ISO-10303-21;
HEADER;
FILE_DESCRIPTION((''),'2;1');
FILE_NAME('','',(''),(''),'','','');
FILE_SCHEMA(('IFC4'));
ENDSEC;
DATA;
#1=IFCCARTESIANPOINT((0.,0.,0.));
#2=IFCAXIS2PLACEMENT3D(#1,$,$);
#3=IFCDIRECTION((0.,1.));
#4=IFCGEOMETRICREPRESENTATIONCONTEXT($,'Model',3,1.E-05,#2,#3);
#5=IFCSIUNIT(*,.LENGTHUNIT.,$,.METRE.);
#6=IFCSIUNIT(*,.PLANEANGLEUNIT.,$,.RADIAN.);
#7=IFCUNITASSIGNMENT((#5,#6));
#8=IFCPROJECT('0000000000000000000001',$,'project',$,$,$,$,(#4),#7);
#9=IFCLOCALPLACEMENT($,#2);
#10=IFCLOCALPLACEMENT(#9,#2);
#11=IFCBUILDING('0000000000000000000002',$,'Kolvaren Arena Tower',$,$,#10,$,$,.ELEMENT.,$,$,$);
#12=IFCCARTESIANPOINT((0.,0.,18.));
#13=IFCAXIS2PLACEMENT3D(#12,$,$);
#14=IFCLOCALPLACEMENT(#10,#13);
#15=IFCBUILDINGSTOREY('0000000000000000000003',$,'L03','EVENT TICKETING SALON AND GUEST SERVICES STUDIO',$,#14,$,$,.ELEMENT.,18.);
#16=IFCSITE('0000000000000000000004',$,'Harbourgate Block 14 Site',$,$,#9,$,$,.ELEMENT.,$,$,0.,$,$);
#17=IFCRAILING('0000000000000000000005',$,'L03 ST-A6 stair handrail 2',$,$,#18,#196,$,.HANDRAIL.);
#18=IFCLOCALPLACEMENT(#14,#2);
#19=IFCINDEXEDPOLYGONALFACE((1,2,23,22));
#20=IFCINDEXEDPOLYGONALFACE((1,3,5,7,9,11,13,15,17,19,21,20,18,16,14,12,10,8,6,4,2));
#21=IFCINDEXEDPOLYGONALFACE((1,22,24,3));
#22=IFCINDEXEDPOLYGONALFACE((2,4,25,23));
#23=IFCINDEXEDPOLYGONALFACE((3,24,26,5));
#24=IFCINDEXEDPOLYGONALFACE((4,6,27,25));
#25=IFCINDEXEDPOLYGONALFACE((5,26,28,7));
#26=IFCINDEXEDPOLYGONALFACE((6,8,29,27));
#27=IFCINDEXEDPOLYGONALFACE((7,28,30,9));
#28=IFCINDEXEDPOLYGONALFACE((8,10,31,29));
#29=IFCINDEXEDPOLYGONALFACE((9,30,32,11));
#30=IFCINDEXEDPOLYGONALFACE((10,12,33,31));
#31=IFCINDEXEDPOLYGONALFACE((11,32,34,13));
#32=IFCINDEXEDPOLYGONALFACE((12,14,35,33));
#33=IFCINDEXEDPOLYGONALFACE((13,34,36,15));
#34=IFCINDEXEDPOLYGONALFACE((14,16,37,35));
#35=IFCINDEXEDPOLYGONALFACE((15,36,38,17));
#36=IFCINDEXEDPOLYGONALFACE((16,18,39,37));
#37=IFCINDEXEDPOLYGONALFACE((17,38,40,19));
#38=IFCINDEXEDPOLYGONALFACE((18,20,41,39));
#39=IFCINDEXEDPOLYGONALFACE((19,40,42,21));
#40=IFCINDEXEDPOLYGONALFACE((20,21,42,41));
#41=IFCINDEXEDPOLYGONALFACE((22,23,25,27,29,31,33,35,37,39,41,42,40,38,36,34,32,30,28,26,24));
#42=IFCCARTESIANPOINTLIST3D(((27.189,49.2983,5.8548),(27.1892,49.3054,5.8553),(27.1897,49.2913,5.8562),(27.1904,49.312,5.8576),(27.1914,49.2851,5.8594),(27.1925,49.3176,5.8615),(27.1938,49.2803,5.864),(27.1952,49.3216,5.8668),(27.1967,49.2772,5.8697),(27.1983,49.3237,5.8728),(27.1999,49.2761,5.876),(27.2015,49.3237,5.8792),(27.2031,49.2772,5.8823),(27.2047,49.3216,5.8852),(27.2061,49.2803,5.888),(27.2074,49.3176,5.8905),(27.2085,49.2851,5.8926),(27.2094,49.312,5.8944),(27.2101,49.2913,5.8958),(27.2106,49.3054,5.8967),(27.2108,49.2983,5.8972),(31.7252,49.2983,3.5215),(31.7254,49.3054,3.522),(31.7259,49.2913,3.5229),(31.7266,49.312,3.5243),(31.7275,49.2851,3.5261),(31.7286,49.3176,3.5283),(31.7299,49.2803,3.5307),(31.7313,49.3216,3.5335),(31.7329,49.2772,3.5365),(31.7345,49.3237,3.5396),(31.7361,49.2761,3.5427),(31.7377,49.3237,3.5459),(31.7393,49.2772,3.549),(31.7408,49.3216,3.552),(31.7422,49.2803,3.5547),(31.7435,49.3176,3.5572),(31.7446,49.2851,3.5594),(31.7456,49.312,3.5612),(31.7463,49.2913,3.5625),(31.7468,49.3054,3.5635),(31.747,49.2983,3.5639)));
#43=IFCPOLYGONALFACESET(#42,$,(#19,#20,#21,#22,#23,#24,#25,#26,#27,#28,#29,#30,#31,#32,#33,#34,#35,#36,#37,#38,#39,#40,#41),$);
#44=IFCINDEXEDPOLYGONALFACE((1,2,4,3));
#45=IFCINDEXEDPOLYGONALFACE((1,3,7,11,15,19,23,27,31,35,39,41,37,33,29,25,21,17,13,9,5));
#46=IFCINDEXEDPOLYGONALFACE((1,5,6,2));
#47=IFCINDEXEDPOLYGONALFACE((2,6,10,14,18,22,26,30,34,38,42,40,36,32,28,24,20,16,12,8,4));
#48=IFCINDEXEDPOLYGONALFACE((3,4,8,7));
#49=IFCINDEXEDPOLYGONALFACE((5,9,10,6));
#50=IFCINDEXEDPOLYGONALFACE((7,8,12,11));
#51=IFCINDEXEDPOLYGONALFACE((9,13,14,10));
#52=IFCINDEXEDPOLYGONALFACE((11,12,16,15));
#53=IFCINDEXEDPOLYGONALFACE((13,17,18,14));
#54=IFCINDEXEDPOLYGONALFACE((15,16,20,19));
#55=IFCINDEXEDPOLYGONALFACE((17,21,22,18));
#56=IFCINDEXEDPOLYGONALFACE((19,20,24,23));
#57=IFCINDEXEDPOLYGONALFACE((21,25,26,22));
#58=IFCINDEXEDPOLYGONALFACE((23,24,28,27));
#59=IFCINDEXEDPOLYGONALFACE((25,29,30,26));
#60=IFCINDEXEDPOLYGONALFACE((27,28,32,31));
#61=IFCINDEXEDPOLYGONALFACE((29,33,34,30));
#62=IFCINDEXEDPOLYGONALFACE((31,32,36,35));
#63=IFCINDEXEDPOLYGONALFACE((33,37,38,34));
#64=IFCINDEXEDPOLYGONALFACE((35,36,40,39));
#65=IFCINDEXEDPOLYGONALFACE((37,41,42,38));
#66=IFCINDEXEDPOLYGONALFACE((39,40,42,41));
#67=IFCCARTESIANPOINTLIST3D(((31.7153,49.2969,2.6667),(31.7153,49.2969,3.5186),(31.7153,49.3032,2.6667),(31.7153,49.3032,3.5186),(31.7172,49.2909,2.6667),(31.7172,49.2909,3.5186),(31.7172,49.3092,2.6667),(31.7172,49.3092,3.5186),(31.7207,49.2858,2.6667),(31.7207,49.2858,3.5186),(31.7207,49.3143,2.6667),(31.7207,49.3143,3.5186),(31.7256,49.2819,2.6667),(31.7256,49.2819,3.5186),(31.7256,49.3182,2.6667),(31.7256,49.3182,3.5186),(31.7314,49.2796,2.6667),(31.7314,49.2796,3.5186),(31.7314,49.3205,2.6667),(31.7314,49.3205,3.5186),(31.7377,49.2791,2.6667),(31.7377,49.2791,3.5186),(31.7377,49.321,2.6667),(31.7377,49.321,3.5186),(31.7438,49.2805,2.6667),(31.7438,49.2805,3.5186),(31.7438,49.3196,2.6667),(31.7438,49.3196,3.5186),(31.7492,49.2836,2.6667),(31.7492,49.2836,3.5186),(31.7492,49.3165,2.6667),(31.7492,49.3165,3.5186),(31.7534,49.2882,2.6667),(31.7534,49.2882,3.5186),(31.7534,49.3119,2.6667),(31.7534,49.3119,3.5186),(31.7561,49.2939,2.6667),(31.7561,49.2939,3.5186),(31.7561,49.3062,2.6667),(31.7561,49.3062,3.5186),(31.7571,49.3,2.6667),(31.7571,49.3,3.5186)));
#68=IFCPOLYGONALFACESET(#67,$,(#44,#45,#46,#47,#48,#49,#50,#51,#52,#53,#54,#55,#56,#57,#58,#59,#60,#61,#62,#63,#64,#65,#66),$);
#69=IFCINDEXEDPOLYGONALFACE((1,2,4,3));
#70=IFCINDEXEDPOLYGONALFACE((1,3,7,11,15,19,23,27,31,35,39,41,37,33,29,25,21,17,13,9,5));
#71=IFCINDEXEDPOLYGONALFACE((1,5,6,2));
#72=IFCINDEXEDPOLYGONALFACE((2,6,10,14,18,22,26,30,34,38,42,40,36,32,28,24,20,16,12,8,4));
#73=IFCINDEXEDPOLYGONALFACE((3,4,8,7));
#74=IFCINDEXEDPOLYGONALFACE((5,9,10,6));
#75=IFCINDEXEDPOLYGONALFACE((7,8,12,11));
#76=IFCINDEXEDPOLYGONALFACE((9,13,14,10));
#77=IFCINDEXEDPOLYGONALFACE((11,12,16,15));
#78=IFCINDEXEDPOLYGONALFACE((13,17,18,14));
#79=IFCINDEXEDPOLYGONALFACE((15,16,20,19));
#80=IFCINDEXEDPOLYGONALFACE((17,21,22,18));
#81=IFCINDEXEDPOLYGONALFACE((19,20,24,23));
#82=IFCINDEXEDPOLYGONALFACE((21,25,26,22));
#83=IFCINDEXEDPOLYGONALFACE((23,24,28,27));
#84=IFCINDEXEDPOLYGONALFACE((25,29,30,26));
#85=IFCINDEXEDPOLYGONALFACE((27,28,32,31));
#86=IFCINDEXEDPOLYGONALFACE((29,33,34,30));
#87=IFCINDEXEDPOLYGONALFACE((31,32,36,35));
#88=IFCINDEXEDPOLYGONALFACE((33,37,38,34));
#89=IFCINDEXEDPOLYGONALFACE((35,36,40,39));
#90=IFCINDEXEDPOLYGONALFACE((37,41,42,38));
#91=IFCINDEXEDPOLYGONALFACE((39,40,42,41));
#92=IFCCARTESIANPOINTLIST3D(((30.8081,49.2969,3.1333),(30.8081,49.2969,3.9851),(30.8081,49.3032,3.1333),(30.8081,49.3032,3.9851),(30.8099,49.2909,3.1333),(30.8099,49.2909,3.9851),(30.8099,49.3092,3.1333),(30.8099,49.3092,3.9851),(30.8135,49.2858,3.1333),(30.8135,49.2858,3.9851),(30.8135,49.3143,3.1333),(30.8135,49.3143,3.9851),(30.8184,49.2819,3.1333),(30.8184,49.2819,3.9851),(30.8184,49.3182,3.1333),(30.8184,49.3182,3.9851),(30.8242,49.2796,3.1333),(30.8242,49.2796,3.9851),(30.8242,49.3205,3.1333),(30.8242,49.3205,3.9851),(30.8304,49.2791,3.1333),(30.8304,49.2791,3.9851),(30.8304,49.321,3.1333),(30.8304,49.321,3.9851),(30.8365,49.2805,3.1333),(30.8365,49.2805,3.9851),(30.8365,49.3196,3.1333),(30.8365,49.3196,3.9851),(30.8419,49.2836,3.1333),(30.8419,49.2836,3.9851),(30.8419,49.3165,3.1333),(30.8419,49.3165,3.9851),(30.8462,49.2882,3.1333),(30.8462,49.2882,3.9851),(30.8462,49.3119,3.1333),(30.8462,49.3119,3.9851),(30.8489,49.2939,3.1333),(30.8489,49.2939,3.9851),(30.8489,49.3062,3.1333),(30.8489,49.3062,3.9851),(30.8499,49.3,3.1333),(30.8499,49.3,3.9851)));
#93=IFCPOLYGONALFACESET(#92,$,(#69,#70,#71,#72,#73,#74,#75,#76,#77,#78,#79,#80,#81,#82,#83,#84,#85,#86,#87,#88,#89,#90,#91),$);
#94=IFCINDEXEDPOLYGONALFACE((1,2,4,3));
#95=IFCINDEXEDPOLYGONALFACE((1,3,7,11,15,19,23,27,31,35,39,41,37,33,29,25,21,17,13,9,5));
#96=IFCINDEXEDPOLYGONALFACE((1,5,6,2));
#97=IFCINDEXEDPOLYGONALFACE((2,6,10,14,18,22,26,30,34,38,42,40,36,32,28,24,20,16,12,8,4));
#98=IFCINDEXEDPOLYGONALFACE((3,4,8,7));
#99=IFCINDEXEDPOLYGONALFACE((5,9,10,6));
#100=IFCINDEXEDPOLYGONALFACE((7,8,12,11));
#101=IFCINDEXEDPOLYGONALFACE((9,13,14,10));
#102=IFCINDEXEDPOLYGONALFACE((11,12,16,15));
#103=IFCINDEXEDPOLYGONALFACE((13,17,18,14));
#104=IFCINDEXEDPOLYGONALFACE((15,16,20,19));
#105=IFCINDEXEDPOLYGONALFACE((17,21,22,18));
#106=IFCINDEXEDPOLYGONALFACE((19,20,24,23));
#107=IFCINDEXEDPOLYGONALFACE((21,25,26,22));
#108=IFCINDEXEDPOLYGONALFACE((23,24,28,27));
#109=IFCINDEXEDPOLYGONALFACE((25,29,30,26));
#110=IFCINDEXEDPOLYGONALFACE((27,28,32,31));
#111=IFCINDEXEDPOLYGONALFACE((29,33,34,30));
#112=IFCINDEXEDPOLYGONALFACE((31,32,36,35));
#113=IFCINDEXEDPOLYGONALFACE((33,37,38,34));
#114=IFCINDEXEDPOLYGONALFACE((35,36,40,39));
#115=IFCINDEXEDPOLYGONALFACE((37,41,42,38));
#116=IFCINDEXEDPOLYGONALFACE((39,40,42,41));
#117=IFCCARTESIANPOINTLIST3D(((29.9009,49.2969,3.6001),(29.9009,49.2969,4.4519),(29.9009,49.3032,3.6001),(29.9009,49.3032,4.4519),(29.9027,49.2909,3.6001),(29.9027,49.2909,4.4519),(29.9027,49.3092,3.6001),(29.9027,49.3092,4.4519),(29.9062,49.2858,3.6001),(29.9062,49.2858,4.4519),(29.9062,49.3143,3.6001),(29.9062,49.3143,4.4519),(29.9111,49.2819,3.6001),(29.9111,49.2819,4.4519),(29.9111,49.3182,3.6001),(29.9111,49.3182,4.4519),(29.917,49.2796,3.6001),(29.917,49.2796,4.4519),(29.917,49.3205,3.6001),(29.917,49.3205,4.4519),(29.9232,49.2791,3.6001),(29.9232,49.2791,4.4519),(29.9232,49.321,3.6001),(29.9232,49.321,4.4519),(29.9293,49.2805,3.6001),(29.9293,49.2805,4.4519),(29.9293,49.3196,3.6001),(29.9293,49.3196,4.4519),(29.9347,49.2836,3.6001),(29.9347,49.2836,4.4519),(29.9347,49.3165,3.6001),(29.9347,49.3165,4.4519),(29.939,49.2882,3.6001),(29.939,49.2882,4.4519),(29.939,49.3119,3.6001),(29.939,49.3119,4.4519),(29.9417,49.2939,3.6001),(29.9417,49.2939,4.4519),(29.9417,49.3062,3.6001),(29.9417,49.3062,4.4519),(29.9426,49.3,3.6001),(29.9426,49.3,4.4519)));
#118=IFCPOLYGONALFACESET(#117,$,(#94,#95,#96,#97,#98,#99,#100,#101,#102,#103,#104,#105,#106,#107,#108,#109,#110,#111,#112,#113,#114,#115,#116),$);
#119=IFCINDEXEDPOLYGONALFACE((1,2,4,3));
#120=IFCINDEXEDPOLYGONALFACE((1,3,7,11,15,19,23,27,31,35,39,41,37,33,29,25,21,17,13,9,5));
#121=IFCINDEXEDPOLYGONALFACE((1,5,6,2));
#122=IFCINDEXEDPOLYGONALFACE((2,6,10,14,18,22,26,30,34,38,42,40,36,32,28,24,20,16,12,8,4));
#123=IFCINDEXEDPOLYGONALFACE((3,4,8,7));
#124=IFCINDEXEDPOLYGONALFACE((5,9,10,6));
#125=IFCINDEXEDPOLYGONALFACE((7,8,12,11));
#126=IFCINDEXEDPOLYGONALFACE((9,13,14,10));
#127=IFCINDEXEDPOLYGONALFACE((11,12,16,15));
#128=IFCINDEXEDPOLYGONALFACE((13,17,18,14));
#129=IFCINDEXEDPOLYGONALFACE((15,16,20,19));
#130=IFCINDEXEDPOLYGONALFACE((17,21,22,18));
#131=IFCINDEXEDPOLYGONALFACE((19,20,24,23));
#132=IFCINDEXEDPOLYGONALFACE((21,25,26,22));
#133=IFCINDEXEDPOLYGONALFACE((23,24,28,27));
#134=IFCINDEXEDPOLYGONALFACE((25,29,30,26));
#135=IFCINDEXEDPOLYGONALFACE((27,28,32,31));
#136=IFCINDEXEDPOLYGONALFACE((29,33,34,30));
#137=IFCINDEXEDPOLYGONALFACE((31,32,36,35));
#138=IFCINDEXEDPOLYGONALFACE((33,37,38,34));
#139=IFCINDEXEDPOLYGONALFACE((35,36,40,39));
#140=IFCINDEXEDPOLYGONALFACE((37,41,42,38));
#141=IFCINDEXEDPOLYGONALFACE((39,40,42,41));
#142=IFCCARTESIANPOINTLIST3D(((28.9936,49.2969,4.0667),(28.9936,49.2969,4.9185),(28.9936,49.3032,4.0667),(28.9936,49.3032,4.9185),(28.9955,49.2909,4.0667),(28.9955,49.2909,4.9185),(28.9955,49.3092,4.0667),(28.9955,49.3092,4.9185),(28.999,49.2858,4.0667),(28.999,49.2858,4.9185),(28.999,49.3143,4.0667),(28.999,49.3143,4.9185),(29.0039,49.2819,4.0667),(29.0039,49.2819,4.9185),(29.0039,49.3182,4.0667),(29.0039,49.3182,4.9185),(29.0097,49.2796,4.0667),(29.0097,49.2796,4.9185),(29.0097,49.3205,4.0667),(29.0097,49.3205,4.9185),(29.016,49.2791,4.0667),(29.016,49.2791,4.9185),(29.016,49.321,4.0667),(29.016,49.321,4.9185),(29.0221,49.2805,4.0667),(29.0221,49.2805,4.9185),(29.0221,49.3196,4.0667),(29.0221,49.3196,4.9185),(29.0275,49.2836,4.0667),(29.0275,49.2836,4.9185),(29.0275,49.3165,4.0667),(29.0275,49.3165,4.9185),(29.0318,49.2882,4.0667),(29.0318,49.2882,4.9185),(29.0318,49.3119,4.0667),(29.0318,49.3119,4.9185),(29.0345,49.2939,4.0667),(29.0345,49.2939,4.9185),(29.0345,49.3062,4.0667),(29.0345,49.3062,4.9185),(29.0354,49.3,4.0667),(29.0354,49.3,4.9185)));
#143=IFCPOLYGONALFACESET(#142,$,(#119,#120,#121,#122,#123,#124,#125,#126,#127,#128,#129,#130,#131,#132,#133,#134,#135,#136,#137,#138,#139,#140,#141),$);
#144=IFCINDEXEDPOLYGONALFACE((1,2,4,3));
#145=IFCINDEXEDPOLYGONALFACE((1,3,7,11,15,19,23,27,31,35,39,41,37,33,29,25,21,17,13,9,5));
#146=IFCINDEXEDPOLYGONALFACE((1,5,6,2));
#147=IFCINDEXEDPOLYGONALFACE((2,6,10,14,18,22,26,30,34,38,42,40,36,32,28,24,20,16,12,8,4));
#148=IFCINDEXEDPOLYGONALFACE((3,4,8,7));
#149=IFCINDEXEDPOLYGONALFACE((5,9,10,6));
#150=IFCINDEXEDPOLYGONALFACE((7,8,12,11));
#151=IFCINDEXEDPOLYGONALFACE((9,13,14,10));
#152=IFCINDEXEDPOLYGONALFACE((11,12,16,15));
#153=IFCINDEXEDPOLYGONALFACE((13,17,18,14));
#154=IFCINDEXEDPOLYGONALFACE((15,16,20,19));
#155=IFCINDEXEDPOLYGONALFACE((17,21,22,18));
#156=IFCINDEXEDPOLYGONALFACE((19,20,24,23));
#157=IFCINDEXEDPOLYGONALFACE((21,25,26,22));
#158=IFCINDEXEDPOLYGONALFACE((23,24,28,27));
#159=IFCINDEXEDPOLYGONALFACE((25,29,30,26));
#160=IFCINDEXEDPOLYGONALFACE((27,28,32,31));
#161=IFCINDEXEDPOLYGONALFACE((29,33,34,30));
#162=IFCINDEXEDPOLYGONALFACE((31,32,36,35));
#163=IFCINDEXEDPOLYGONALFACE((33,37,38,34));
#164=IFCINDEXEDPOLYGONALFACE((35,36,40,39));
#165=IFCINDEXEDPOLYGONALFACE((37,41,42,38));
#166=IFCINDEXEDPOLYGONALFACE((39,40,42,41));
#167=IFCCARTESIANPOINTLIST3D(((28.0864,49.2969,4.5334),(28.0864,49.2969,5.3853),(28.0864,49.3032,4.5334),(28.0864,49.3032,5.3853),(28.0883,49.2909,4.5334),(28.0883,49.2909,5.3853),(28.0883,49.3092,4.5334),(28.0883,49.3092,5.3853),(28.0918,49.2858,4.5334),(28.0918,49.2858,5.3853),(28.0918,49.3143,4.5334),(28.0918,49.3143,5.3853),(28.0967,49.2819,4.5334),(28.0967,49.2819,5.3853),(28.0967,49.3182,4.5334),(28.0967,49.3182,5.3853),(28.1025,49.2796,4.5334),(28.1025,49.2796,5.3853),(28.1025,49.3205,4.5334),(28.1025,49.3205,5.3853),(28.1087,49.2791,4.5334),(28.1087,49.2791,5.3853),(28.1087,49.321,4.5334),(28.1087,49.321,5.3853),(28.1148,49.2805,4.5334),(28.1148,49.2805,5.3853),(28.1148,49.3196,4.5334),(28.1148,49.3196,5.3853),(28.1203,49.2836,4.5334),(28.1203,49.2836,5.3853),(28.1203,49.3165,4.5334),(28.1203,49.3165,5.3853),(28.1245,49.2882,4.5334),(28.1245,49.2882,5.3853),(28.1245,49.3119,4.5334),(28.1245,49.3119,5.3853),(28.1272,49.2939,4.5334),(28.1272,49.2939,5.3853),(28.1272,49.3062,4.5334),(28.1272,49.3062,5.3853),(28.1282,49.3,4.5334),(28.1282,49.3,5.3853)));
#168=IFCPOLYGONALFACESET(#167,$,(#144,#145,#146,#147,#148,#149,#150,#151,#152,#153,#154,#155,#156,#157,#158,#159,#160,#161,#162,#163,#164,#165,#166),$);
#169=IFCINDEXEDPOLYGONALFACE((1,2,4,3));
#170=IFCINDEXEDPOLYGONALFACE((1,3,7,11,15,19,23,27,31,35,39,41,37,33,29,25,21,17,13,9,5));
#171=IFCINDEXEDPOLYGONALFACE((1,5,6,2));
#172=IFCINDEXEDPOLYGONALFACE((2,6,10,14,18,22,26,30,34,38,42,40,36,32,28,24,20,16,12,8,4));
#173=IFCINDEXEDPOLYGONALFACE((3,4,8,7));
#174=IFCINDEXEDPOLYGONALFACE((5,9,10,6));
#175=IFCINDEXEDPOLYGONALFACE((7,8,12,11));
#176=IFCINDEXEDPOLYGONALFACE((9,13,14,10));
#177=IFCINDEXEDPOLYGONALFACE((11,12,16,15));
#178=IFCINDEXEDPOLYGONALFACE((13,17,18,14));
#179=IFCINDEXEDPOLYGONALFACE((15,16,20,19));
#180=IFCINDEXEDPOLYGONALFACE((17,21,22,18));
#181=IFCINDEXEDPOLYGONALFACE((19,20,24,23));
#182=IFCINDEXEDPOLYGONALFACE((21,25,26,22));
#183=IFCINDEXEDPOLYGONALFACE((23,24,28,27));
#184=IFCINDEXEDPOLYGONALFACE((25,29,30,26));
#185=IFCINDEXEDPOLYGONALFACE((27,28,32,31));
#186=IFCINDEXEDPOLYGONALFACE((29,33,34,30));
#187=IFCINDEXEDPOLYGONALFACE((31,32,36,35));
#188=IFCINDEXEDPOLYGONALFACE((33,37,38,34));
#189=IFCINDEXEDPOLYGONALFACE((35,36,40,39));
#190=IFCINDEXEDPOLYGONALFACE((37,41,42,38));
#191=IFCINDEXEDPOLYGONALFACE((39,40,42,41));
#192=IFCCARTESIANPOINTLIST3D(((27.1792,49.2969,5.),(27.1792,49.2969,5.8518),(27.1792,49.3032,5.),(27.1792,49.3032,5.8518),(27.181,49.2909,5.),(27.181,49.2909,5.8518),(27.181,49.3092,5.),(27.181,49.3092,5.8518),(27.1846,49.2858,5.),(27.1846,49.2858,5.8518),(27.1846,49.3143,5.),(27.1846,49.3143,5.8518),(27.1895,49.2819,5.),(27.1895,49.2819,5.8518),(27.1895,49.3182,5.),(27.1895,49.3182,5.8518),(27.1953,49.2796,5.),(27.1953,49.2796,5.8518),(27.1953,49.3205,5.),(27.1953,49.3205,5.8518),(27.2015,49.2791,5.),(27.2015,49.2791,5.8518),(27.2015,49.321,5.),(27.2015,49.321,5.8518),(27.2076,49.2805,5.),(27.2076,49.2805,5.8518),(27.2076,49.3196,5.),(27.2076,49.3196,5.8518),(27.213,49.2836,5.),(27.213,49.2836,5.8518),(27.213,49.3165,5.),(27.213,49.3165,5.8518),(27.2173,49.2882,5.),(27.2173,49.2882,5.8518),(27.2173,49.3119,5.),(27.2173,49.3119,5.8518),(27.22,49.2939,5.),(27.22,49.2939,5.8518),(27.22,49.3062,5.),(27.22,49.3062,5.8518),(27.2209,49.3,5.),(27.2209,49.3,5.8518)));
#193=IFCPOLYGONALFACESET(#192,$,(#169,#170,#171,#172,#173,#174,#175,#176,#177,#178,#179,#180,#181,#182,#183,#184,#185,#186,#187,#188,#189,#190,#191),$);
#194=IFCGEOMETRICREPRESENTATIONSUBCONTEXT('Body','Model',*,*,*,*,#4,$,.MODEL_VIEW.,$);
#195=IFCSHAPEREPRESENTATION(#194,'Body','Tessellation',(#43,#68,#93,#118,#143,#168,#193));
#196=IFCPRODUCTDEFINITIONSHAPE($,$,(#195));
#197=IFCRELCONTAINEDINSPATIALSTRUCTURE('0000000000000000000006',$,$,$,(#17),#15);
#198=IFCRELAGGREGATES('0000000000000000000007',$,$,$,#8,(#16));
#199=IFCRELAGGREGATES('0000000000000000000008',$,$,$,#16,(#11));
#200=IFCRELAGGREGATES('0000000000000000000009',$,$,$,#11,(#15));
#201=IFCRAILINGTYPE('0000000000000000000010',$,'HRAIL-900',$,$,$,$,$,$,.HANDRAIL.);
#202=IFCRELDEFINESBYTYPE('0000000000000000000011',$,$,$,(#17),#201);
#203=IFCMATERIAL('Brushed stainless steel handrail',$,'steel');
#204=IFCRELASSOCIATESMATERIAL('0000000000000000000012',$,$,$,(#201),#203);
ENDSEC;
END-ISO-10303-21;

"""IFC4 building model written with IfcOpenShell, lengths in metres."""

from ifc_helpers import new_model, si_unit, direction, frame, origin, origin_2d, place, context, subcontext, project, spatial, circle, extrude, material, type_object, element, save


model = new_model("IFC4")

# Units and contexts
model_context = context("Model", 3, precision=1e-05, world=origin(), true_north=direction((0.0, 1.0)))
body_context = subcontext(model_context, "Body", "Model", "MODEL_VIEW")
ifc_project = project(units=[si_unit("LENGTHUNIT", "METRE"), si_unit("PLANEANGLEUNIT", "RADIAN")], contexts=[model_context])

# Site, building, storey
site_placement = place(None, origin())
site = spatial("IfcSite", under=ifc_project, at=site_placement, Name="Harbourgate Block 14 Site", CompositionType="ELEMENT", RefElevation=0.0)
building_placement = place(site_placement, origin())
building = spatial("IfcBuilding", under=site, at=building_placement, Name="Kolvaren Arena Tower", CompositionType="ELEMENT")
storey_placement = place(building_placement, frame((0.0, 0.0, 18.0)))
storey = spatial("IfcBuildingStorey", under=building, at=storey_placement, Name="L03", Description="EVENT TICKETING SALON AND GUEST SERVICES STUDIO", CompositionType="ELEMENT", Elevation=18.0)

# Railing
ifc_material_1 = material(Name="Brushed stainless steel handrail", Category="steel")
railing_type_1 = type_object("IfcRailingType", Name="HRAIL-900", PredefinedType="HANDRAIL", material=ifc_material_1)
railing_1_placement = place(storey_placement, frame((31.7361, 49.3, 2.6667)))
element("IfcRailing", 1, at=railing_1_placement, inside=storey, type_object=railing_type_1, Name="L03 ST-A6 stair handrail 2", PredefinedType="HANDRAIL", context=body_context, shape_type="SweptSolid", body=[
    extrude(circle(Radius=0.0239, at=origin_2d()), frame((0.0, 0.0, 0.876), z_axis=(-0.889257, 0.0, 0.457407), x_axis=(0.0, -1.0, 0.0)), (0.0, 0.0, 1.0), 5.1011),
    extrude(circle(Radius=0.021, at=origin_2d()), origin(), (0.0, 0.0, 1.0), 0.8518),
    extrude(circle(Radius=0.021, at=origin_2d()), frame((-0.9072, 0.0, 0.4666)), (0.0, 0.0, 1.0), 0.8518),
    extrude(circle(Radius=0.021, at=origin_2d()), frame((-1.8145, 0.0, 0.9333)), (0.0, 0.0, 1.0), 0.8518),
    extrude(circle(Radius=0.021, at=origin_2d()), frame((-2.7217, 0.0, 1.3999)), (0.0, 0.0, 1.0), 0.8518),
    extrude(circle(Radius=0.021, at=origin_2d()), frame((-3.6289, 0.0, 1.8667)), (0.0, 0.0, 1.0), 0.8518),
    extrude(circle(Radius=0.021, at=origin_2d()), frame((-4.5361, 0.0, 2.3333)), (0.0, 0.0, 1.0), 0.8518),
])

save(model, "model.ifc")
